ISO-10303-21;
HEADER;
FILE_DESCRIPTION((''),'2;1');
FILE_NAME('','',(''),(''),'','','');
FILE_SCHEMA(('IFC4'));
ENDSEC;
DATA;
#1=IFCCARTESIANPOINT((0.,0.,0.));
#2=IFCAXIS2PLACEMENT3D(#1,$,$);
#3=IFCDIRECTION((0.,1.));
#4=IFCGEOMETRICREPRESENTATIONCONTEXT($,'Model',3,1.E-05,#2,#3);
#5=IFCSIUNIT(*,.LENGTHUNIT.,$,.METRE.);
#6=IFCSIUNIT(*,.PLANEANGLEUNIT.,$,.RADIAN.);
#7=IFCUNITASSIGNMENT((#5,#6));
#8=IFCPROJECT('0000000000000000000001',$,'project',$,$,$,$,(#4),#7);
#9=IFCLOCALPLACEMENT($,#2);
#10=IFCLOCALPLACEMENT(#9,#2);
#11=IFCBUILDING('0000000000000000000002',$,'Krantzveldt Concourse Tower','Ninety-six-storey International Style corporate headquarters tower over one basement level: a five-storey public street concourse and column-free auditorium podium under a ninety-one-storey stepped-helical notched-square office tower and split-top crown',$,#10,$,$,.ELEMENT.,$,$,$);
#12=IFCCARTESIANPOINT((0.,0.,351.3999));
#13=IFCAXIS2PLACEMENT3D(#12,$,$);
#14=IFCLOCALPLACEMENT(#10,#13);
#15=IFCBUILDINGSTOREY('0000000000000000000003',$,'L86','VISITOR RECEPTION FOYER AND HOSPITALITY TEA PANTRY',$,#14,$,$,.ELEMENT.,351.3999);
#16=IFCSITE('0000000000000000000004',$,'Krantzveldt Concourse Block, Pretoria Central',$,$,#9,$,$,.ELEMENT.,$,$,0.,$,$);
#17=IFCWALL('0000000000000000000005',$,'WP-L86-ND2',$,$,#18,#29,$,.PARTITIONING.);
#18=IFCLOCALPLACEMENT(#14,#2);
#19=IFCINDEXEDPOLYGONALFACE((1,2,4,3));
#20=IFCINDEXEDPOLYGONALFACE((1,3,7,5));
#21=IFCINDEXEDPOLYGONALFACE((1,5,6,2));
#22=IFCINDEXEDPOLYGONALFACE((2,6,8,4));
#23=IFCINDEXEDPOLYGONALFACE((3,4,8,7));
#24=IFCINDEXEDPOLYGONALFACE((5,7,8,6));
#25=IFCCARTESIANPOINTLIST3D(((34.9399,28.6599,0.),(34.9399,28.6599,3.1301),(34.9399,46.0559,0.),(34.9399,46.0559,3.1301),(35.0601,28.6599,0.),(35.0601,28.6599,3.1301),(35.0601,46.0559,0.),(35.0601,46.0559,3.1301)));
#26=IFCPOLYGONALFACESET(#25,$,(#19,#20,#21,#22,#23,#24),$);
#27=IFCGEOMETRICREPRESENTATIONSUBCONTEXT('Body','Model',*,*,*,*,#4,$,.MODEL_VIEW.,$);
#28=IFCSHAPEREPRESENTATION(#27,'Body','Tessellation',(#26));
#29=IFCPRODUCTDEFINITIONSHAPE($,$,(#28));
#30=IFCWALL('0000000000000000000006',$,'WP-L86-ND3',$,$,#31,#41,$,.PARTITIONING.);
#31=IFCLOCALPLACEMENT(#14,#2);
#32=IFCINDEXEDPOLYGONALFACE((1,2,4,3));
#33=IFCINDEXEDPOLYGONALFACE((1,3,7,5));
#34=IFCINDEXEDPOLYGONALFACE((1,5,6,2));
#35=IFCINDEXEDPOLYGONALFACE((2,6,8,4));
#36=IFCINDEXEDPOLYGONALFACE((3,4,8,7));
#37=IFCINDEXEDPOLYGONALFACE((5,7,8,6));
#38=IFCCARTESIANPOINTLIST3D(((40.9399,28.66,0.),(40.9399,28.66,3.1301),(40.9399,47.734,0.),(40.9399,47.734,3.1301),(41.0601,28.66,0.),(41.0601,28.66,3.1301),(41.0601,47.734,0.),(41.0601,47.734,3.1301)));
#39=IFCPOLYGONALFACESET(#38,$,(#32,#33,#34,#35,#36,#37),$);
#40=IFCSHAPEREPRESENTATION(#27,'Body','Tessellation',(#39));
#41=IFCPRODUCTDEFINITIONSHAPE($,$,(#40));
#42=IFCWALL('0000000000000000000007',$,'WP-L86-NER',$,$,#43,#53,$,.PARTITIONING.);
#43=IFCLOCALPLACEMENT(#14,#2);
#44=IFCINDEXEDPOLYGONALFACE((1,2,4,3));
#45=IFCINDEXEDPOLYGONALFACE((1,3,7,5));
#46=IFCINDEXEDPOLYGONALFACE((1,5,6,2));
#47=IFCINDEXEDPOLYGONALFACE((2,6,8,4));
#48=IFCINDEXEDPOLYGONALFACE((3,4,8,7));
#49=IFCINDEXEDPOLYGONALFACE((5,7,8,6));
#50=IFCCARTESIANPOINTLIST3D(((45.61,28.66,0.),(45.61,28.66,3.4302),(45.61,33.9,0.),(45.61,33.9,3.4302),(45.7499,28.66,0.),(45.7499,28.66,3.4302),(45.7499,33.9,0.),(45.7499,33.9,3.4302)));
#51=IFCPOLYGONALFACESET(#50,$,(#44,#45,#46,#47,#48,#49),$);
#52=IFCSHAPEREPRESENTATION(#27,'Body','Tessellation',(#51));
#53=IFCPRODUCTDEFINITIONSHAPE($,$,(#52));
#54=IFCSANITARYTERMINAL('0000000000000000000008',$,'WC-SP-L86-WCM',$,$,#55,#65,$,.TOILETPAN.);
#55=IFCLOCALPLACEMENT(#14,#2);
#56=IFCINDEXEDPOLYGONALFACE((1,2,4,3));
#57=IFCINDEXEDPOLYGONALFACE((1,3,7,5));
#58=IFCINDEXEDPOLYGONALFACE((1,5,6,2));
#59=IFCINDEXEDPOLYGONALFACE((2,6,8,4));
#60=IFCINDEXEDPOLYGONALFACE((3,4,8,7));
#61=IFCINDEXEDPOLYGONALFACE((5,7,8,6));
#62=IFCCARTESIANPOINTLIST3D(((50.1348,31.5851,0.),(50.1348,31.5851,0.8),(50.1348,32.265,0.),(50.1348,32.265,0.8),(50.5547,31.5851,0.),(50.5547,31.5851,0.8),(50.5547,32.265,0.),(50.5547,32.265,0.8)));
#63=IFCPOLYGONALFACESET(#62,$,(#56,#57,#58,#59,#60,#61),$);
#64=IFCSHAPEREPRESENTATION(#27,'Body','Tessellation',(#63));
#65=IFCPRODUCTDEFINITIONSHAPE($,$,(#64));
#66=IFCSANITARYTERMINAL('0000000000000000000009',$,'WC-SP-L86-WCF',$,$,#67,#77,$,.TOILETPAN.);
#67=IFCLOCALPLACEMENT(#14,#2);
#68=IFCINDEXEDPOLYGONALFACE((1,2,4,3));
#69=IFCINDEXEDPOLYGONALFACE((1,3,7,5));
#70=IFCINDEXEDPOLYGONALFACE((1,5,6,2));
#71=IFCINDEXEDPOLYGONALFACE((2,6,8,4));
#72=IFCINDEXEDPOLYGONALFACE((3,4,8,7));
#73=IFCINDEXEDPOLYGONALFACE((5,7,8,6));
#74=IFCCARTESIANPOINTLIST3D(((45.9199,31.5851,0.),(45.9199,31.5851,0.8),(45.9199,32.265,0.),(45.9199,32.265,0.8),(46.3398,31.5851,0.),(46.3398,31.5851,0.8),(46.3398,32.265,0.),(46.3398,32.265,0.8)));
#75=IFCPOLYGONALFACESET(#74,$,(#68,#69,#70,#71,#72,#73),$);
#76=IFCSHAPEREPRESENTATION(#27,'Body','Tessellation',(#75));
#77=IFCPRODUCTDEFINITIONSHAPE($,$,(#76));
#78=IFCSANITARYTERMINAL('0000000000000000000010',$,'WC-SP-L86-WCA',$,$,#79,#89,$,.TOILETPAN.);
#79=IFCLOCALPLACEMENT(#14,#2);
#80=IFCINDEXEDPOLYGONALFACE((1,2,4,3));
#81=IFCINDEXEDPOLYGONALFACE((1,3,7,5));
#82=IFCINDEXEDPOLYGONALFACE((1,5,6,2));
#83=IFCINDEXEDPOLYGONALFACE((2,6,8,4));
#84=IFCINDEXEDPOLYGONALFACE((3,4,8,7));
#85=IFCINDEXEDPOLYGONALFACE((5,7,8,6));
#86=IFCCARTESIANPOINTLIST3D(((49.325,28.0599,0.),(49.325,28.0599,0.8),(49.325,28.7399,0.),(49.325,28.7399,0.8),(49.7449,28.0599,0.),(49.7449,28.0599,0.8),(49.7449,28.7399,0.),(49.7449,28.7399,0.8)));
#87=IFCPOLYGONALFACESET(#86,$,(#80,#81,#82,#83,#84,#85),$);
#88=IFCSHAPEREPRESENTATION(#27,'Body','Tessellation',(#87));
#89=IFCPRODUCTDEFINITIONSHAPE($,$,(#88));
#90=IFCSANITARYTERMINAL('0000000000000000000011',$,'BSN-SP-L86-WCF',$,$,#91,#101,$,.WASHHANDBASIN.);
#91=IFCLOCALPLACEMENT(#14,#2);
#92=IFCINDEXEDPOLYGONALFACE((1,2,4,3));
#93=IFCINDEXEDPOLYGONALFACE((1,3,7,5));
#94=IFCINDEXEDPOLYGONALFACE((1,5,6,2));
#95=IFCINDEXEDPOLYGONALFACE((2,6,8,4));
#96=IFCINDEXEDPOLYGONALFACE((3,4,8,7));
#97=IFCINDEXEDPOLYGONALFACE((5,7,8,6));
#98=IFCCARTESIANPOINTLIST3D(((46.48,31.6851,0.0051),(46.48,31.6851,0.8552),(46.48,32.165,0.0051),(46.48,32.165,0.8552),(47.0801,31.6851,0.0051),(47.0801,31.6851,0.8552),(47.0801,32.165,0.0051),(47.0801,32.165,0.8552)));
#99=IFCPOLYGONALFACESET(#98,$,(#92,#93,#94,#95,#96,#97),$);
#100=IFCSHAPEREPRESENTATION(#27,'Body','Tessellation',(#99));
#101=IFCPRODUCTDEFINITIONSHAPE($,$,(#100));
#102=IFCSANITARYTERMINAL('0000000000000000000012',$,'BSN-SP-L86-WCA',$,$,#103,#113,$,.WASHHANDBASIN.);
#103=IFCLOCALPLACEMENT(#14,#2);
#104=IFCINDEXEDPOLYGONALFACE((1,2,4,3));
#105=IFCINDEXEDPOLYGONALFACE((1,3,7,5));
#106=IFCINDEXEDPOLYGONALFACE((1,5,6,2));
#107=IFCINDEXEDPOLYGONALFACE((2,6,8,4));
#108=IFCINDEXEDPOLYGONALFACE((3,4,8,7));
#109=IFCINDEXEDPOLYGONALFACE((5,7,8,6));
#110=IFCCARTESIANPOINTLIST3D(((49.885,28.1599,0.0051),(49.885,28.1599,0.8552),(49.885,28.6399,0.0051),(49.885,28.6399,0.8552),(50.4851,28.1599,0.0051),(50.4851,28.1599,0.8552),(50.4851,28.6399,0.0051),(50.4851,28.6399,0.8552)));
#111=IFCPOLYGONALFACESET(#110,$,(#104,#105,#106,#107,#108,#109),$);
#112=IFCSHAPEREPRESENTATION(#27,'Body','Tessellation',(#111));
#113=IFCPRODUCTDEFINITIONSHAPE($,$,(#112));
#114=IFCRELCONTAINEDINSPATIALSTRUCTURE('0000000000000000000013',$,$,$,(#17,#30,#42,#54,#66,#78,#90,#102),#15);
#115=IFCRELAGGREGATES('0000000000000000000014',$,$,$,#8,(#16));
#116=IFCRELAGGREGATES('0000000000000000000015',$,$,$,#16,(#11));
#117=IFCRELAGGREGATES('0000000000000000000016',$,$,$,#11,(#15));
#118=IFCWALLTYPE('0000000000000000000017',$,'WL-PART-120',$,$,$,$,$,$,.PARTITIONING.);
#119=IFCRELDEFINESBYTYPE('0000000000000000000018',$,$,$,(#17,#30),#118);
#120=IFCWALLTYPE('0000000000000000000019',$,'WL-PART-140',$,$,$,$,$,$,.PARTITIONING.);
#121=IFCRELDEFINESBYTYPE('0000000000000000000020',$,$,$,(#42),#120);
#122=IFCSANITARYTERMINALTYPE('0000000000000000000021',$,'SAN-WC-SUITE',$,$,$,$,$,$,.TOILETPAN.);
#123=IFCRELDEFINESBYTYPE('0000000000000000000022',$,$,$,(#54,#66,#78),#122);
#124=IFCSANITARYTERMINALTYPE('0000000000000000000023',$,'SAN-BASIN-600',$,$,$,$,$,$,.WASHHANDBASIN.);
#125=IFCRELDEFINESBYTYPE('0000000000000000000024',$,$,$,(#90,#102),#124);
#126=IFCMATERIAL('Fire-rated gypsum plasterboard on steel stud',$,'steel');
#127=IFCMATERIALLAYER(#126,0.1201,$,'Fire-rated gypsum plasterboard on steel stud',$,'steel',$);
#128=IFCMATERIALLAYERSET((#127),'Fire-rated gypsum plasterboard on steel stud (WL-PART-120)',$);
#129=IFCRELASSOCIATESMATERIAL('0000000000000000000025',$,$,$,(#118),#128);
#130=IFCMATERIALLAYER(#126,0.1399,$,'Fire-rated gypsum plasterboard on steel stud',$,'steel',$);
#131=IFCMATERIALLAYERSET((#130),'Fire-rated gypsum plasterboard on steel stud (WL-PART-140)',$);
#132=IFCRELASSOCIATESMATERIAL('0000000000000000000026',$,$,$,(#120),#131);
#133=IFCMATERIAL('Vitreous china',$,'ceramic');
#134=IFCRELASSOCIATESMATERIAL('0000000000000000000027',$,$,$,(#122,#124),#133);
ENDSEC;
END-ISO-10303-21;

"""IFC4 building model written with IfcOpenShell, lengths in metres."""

from ifc_helpers import new_model, si_unit, direction, frame, frame_2d, origin, origin_2d, place, context, subcontext, project, spatial, rectangle, extrude, source, transform, mapped, material, layer, layer_set, type_object, type_shapes, element, save


model = new_model("IFC4")

# Units and contexts
model_context = context("Model", 3, precision=1e-05, world=origin(), true_north=direction((0.0, 1.0)))
body_context = subcontext(model_context, "Body", "Model", "MODEL_VIEW")
ifc_project = project(units=[si_unit("LENGTHUNIT", "METRE"), si_unit("PLANEANGLEUNIT", "RADIAN")], contexts=[model_context])

# Site, building, storey
site_placement = place(None, origin())
site = spatial("IfcSite", under=ifc_project, at=site_placement, Name="Krantzveldt Concourse Block, Pretoria Central", CompositionType="ELEMENT", RefElevation=0.0)
building_placement = place(site_placement, origin())
building = spatial("IfcBuilding", under=site, at=building_placement, Name="Krantzveldt Concourse Tower", Description="Ninety-six-storey International Style corporate headquarters tower over one basement level: a five-storey public street concourse and column-free auditorium podium under a ninety-one-storey stepped-helical notched-square office tower and split-top crown", CompositionType="ELEMENT")
storey_placement = place(building_placement, frame((0.0, 0.0, 351.3999)))
storey = spatial("IfcBuildingStorey", under=building, at=storey_placement, Name="L86", Description="VISITOR RECEPTION FOYER AND HOSPITALITY TEA PANTRY", CompositionType="ELEMENT", Elevation=351.3999)

# Shared definitions
ifc_material_1 = material(Name="Fire-rated gypsum plasterboard on steel stud", Category="steel")
ifc_layer_1 = layer(ifc_material_1, 0.1201, Name="Fire-rated gypsum plasterboard on steel stud", Category="steel")
ifc_layer_set_1 = layer_set([ifc_layer_1], Name="Fire-rated gypsum plasterboard on steel stud (WL-PART-120)")
wall_type_1 = type_object("IfcWallType", Name="WL-PART-120", PredefinedType="PARTITIONING", material=ifc_layer_set_1)

# Walls
wall_1_placement = place(storey_placement, frame((35.0, 28.6599, 0.0), z_axis=(0.0, 0.0, 1.0), x_axis=(0.0, 1.0, 0.0)))
element("IfcWall", 1, at=wall_1_placement, inside=storey, type_object=wall_type_1, Name="WP-L86-ND2", PredefinedType="PARTITIONING", context=body_context, shape_type="SweptSolid", body=[
    extrude(rectangle(XDim=17.396, YDim=0.1201, at=frame_2d((8.698, 0.0))), origin(), (0.0, 0.0, 1.0), 3.1301),
])
wall_2_placement = place(storey_placement, frame((41.0, 28.6599, 0.0), z_axis=(0.0, 0.0, 1.0), x_axis=(0.0, 1.0, 0.0)))
element("IfcWall", 2, at=wall_2_placement, inside=storey, type_object=wall_type_1, Name="WP-L86-ND3", PredefinedType="PARTITIONING", context=body_context, shape_type="SweptSolid", body=[
    extrude(rectangle(XDim=19.074, YDim=0.1201, at=frame_2d((9.5371, 0.0))), origin(), (0.0, 0.0, 1.0), 3.1301),
])
ifc_layer_2 = layer(ifc_material_1, 0.1399, Name="Fire-rated gypsum plasterboard on steel stud", Category="steel")
ifc_layer_set_2 = layer_set([ifc_layer_2], Name="Fire-rated gypsum plasterboard on steel stud (WL-PART-140)")
wall_type_2 = type_object("IfcWallType", Name="WL-PART-140", PredefinedType="PARTITIONING", material=ifc_layer_set_2)
wall_3_placement = place(storey_placement, frame((45.6799, 28.6599, 0.0), z_axis=(0.0, 0.0, 1.0), x_axis=(0.0, 1.0, 0.0)))
element("IfcWall", 3, at=wall_3_placement, inside=storey, type_object=wall_type_2, Name="WP-L86-NER", PredefinedType="PARTITIONING", context=body_context, shape_type="SweptSolid", body=[
    extrude(rectangle(XDim=5.24, YDim=0.1399, at=frame_2d((2.6201, 0.0))), origin(), (0.0, 0.0, 1.0), 3.4302),
])

# Sanitary terminals
ifc_material_2 = material(Name="Vitreous china", Category="ceramic")
sanitary_terminal_type_1 = type_object("IfcSanitaryTerminalType", Name="SAN-WC-SUITE", PredefinedType="TOILETPAN", material=ifc_material_2)
shared_shape_1 = source(origin(), body_context, "Body", "SweptSolid", [
    extrude(rectangle(XDim=0.4199, YDim=0.6799, at=origin_2d()), origin(), (0.0, 0.0, 1.0), 0.8),
])
type_shapes(sanitary_terminal_type_1, [shared_shape_1])
for number, where, z_axis, x_axis, name in (
    (4, (50.3447, 31.925, 0.0), (0.0, 0.0, 1.0), (1.0, 0.0, 0.0), "WC-SP-L86-WCM"),
    (5, (46.1299, 31.925, 0.0), (0.0, 0.0, 1.0), (1.0, 0.0, 0.0), "WC-SP-L86-WCF"),
    (6, (49.5349, 28.3999, 0.0), (0.0, 0.0, 1.0), (1.0, 0.0, 0.0), "WC-SP-L86-WCA"),
):
    element("IfcSanitaryTerminal", number, at=place(storey_placement, frame(where, z_axis=z_axis, x_axis=x_axis)), inside=storey, type_object=sanitary_terminal_type_1, Name=name, PredefinedType="TOILETPAN", context=body_context, shape_type="MappedRepresentation", body=[
        mapped(shared_shape_1, transform((0.0, 0.0, 0.0), x_axis=(1.0, 0.0, 0.0), y_axis=(0.0, 1.0, 0.0), z_axis=(0.0, 0.0, 1.0), scale=1.0)),
    ])
sanitary_terminal_type_2 = type_object("IfcSanitaryTerminalType", Name="SAN-BASIN-600", PredefinedType="WASHHANDBASIN", material=ifc_material_2)
shared_shape_2 = source(origin(), body_context, "Body", "SweptSolid", [
    extrude(rectangle(XDim=0.6001, YDim=0.48, at=origin_2d()), origin(), (0.0, 0.0, 1.0), 0.8501),
])
type_shapes(sanitary_terminal_type_2, [shared_shape_2])
for number, where, z_axis, x_axis, name in (
    (7, (46.78, 31.925, 0.0051), (0.0, 0.0, 1.0), (1.0, 0.0, 0.0), "BSN-SP-L86-WCF"),
    (8, (50.1851, 28.3999, 0.0051), (0.0, 0.0, 1.0), (1.0, 0.0, 0.0), "BSN-SP-L86-WCA"),
):
    element("IfcSanitaryTerminal", number, at=place(storey_placement, frame(where, z_axis=z_axis, x_axis=x_axis)), inside=storey, type_object=sanitary_terminal_type_2, Name=name, PredefinedType="WASHHANDBASIN", context=body_context, shape_type="MappedRepresentation", body=[
        mapped(shared_shape_2, transform((0.0, 0.0, 0.0), x_axis=(1.0, 0.0, 0.0), y_axis=(0.0, 1.0, 0.0), z_axis=(0.0, 0.0, 1.0), scale=1.0)),
    ])

save(model, "model.ifc")
